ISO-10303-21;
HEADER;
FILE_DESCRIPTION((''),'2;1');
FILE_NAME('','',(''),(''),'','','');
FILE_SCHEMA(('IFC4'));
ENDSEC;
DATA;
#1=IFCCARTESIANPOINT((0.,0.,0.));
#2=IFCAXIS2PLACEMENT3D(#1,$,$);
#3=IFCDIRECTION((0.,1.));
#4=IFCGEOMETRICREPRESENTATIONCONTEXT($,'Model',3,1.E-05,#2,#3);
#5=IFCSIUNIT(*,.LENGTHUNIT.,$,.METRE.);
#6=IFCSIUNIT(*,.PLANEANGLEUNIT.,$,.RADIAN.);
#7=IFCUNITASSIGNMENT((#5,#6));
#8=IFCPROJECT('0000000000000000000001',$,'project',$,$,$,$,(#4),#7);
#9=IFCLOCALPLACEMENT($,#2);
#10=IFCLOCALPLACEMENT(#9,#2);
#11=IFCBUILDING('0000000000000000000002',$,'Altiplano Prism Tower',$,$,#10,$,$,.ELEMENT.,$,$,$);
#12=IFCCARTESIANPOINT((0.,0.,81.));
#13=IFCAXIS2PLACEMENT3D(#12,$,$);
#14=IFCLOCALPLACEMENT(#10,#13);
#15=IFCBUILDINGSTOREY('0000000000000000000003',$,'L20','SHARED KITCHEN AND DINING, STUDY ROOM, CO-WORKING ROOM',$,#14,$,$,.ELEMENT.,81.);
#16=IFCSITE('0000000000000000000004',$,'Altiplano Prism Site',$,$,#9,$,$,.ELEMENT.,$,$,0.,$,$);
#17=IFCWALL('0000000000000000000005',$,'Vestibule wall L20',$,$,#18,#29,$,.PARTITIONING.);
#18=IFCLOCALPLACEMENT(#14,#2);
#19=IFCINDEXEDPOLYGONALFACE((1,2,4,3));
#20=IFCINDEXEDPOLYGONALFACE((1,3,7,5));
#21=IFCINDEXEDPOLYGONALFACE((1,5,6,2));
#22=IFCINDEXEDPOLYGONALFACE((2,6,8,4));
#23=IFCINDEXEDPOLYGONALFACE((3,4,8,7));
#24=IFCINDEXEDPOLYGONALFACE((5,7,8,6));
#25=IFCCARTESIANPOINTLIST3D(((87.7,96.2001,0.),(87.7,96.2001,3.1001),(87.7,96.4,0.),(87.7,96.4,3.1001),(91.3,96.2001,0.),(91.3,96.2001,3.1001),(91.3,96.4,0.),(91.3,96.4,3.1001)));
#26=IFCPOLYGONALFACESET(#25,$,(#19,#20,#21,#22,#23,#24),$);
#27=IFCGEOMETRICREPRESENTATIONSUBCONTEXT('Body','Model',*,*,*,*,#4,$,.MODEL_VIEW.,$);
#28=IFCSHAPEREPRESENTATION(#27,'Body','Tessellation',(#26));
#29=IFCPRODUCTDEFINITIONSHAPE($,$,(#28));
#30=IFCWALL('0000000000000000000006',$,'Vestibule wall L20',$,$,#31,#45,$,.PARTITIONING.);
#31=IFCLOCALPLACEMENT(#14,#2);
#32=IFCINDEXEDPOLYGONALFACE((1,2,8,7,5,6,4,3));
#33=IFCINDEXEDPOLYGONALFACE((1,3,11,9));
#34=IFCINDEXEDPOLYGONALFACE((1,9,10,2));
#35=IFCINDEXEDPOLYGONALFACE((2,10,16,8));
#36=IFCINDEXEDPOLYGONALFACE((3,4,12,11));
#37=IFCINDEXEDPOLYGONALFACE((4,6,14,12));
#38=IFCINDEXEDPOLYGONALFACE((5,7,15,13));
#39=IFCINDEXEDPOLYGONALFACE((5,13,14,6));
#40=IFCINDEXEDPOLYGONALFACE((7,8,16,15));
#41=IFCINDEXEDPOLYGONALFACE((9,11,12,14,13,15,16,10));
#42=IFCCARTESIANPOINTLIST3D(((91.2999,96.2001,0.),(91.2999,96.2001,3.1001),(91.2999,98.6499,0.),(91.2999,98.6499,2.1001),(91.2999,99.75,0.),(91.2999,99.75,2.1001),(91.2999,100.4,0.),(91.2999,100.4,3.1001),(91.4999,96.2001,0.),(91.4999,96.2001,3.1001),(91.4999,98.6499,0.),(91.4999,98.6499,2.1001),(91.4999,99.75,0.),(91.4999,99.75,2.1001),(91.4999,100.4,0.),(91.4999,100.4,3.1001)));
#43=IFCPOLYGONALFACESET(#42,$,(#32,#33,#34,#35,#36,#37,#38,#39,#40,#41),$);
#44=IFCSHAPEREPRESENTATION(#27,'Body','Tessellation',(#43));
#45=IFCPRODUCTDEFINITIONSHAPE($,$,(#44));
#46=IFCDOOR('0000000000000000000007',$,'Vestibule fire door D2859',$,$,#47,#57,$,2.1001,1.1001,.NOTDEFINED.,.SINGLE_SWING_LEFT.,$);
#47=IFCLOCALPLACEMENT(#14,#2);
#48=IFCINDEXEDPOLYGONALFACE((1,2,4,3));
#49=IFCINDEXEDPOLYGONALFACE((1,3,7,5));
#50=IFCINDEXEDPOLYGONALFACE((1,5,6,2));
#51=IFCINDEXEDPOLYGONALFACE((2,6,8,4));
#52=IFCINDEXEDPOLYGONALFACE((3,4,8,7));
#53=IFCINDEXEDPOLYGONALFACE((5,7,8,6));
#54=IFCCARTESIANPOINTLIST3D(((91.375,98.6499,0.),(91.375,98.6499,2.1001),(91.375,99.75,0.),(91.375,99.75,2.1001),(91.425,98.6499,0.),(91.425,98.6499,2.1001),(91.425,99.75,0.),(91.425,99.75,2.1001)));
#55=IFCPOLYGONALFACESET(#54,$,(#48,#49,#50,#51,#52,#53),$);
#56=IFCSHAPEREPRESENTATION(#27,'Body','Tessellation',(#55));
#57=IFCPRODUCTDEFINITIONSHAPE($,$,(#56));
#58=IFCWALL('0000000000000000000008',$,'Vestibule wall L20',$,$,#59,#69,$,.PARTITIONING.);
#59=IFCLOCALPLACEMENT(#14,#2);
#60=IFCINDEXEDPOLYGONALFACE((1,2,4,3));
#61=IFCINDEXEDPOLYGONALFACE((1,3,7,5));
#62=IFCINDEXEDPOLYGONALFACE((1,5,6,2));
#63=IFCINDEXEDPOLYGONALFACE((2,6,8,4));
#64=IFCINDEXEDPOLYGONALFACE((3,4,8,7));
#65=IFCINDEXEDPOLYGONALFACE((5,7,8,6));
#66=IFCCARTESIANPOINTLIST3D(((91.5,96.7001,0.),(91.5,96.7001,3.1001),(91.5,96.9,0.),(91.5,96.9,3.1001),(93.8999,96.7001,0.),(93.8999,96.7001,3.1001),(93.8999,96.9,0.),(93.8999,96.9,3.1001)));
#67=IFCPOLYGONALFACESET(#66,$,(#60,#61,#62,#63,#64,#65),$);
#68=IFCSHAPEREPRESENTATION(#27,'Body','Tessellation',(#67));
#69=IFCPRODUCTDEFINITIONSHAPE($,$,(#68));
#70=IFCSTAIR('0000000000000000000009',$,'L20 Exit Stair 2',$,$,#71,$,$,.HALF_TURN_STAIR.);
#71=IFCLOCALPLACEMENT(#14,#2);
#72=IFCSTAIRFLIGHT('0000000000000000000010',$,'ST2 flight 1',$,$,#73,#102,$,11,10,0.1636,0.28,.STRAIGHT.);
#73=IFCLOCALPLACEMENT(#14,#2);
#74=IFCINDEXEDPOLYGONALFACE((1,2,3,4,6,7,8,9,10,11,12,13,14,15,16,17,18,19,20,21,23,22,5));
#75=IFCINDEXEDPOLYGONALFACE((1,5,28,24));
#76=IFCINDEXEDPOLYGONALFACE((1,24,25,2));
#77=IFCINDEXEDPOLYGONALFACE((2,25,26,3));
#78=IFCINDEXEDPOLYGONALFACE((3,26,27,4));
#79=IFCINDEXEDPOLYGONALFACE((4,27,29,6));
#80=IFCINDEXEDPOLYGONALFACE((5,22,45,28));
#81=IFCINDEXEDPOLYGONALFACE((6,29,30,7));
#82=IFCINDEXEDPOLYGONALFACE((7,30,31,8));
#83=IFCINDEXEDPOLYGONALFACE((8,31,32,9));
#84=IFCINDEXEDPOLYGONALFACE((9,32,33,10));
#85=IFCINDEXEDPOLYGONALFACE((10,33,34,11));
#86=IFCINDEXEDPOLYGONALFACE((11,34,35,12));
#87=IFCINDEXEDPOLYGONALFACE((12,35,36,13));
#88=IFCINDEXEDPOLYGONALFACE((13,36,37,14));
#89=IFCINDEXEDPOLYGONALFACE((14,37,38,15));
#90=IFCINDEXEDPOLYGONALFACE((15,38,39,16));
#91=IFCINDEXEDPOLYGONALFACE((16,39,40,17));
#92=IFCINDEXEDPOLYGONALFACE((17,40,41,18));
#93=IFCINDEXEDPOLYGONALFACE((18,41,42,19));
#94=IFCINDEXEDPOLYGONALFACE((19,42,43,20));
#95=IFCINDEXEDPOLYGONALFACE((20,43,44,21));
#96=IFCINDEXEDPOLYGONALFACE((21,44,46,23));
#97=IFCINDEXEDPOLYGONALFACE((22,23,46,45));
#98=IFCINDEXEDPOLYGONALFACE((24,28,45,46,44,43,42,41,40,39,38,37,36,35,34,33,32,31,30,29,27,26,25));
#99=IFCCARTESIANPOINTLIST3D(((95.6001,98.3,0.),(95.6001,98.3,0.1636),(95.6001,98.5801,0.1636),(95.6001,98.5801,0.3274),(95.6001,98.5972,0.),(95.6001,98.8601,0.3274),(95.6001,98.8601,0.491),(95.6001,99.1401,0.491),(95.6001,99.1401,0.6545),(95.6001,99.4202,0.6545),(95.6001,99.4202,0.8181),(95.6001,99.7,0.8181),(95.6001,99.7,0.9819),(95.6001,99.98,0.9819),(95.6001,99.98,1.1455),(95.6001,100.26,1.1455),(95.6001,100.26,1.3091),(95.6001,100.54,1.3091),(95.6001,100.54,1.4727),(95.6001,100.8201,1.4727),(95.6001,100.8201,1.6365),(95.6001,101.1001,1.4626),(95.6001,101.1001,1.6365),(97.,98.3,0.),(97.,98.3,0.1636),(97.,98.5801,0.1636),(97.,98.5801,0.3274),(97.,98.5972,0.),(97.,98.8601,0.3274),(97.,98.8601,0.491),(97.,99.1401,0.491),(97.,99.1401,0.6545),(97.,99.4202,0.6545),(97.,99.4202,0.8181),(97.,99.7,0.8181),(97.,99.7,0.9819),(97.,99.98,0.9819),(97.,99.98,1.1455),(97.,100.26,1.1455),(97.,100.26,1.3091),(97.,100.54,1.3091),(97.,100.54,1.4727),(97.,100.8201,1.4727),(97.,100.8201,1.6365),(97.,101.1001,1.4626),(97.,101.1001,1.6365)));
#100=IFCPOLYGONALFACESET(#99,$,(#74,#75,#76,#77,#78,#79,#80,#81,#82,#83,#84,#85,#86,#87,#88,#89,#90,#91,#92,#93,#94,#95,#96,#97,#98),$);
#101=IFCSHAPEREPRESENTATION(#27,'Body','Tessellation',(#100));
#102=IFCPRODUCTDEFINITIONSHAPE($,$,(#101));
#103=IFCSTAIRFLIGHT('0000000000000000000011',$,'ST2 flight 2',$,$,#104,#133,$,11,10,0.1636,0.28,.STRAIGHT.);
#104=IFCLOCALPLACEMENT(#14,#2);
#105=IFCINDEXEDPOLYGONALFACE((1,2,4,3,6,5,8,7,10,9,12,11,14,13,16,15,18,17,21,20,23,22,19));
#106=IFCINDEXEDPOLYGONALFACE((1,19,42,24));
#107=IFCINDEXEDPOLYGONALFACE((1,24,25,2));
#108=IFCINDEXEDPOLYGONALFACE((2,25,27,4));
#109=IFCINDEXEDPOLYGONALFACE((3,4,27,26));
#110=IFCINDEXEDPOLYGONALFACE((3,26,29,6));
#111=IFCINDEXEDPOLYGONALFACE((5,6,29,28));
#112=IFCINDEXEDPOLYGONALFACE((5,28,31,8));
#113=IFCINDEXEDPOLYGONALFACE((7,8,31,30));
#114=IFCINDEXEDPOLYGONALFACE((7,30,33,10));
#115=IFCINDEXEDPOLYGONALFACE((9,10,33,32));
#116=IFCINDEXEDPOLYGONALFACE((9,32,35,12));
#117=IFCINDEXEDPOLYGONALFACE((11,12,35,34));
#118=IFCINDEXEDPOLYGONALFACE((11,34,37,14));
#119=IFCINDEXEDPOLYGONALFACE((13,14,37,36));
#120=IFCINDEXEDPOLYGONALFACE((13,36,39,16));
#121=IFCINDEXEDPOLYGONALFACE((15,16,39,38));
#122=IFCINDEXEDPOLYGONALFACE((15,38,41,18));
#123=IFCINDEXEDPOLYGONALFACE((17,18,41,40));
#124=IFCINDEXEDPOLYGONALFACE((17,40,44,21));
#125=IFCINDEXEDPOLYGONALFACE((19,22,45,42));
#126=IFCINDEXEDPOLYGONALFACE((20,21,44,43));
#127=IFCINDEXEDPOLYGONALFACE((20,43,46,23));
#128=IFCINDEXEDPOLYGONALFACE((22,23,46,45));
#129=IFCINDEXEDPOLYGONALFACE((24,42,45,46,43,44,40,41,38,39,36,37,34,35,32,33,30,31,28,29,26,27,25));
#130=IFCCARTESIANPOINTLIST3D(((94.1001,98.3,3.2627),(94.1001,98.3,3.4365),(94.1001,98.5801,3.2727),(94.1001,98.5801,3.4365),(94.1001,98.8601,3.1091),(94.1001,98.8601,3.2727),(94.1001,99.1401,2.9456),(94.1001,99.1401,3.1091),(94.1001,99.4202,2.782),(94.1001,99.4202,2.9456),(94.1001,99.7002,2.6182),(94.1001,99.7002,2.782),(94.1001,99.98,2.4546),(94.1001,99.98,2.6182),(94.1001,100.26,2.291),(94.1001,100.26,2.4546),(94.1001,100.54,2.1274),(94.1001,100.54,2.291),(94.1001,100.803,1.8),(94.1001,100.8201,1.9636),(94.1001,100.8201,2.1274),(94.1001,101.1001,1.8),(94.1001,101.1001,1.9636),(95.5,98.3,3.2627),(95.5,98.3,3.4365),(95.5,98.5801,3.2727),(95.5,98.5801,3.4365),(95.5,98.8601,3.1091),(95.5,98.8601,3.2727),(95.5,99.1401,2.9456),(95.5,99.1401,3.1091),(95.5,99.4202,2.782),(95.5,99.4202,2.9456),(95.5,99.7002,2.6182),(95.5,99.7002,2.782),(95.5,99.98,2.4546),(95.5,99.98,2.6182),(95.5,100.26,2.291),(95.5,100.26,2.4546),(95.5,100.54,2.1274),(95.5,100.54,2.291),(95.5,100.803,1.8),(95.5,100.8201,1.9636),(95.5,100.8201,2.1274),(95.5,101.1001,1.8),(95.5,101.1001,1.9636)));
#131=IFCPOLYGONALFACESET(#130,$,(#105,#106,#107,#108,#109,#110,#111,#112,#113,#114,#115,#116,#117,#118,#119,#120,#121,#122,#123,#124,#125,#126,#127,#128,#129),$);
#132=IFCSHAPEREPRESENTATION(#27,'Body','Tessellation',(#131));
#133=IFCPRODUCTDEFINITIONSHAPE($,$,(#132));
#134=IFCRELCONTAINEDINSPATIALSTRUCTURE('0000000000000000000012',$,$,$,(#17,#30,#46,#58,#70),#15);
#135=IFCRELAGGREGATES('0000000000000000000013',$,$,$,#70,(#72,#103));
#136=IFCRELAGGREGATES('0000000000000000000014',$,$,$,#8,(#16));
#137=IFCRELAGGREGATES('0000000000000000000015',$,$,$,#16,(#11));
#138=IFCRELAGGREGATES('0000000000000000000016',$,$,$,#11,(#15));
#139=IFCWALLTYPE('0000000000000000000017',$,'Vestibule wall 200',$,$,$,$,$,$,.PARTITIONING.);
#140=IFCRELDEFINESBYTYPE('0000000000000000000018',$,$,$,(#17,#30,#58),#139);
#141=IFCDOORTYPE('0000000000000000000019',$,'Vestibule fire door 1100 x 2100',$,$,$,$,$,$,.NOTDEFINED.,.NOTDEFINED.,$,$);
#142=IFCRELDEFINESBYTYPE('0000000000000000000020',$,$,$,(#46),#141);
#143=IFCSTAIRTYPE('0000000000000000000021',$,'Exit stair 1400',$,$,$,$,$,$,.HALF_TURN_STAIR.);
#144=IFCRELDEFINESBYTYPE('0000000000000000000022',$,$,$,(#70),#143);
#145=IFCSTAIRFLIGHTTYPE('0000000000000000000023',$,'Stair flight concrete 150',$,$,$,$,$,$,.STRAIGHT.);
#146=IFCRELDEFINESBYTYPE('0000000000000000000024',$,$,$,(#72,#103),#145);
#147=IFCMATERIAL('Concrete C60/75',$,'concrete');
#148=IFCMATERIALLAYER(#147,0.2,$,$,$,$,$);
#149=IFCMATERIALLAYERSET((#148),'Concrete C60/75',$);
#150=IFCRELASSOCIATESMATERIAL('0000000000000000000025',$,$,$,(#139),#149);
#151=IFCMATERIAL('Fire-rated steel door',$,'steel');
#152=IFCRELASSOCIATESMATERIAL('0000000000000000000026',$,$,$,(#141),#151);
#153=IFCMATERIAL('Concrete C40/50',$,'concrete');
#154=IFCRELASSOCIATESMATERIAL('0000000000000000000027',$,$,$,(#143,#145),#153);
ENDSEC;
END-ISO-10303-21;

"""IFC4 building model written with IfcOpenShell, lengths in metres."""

from ifc_helpers import new_model, si_unit, direction, frame, frame_2d, origin, place, context, subcontext, project, spatial, polyline, rectangle, outline, extrude, material, layer, layer_set, type_object, element, fill, aggregate, save


model = new_model("IFC4")

# Units and contexts
model_context = context("Model", 3, precision=1e-05, world=origin(), true_north=direction((0.0, 1.0)))
body_context = subcontext(model_context, "Body", "Model", "MODEL_VIEW")
ifc_project = project(units=[si_unit("LENGTHUNIT", "METRE"), si_unit("PLANEANGLEUNIT", "RADIAN")], contexts=[model_context])

# Site, building, storey
site_placement = place(None, origin())
site = spatial("IfcSite", under=ifc_project, at=site_placement, Name="Altiplano Prism Site", CompositionType="ELEMENT", RefElevation=0.0)
building_placement = place(site_placement, origin())
building = spatial("IfcBuilding", under=site, at=building_placement, Name="Altiplano Prism Tower", CompositionType="ELEMENT")
storey_placement = place(building_placement, frame((0.0, 0.0, 81.0)))
storey = spatial("IfcBuildingStorey", under=building, at=storey_placement, Name="L20", Description="SHARED KITCHEN AND DINING, STUDY ROOM, CO-WORKING ROOM", CompositionType="ELEMENT", Elevation=81.0)

# Shared definitions
ifc_material_1 = material(Name="Concrete C60/75", Category="concrete")

# Shared definitions
ifc_material_2 = material(Name="Fire-rated steel door", Category="steel")

# Wall
ifc_layer_1 = layer(ifc_material_1, 0.2)
ifc_layer_set_1 = layer_set([ifc_layer_1], Name="Concrete C60/75")
wall_type_1 = type_object("IfcWallType", Name="Vestibule wall 200", PredefinedType="PARTITIONING", material=ifc_layer_set_1)
wall_1_placement = place(storey_placement, frame((87.7, 96.3, 0.0), z_axis=(0.0, 0.0, 1.0), x_axis=(1.0, 0.0, 0.0)))
element("IfcWall", 1, at=wall_1_placement, inside=storey, type_object=wall_type_1, Name="Vestibule wall L20", PredefinedType="PARTITIONING", context=body_context, shape_type="SweptSolid", body=[
    extrude(rectangle(XDim=3.6001, YDim=0.2, at=frame_2d((1.8, 0.0))), origin(), (0.0, 0.0, 1.0), 3.1001),
])

# Wall, opening, door
wall_2_placement = place(storey_placement, frame((91.3999, 96.2, 0.0), z_axis=(0.0, 0.0, 1.0), x_axis=(0.0, 1.0, 0.0)))
wall_2 = element("IfcWall", 2, at=wall_2_placement, inside=storey, type_object=wall_type_1, Name="Vestibule wall L20", PredefinedType="PARTITIONING", context=body_context, shape_type="SweptSolid", body=[
    extrude(rectangle(XDim=4.2, YDim=0.2, at=frame_2d((2.1001, 0.0))), origin(), (0.0, 0.0, 1.0), 3.1001),
])
opening_1_placement = place(wall_2_placement, frame((2.45, 0.0, 0.0)))
opening_1 = element("IfcOpeningElement", 3, at=opening_1_placement, cuts=wall_2, PredefinedType="OPENING", context=body_context, shape_type="SweptSolid", body=[
    extrude(rectangle(XDim=1.1001, YDim=2.1001, at=frame_2d((0.55, 1.05))), frame((0.0, 0.1104, 0.0), z_axis=(0.0, -1.0, 0.0), x_axis=(1.0, 0.0, 0.0)), (0.0, 0.0, 1.0), 0.2209),
])
door_type_1 = type_object("IfcDoorType", Name="Vestibule fire door 1100 x 2100", OperationType="NOTDEFINED", PredefinedType="NOTDEFINED", material=ifc_material_2)
door_1_placement = place(opening_1_placement, origin())
door_1 = element("IfcDoor", 4, at=door_1_placement, inside=storey, type_object=door_type_1, Name="Vestibule fire door D2859", OperationType="SINGLE_SWING_LEFT", OverallHeight=2.1001, OverallWidth=1.1001, PredefinedType="NOTDEFINED", context=body_context, shape_type="SweptSolid", body=[
    extrude(rectangle(XDim=1.1001, YDim=2.1001, at=frame_2d((0.55, 1.05))), frame((0.0, 0.0249, 0.0), z_axis=(0.0, -1.0, 0.0), x_axis=(1.0, 0.0, 0.0)), (0.0, 0.0, 1.0), 0.05),
])
fill(opening_1, door_1)

# Wall
wall_3_placement = place(storey_placement, frame((91.5, 96.8, 0.0), z_axis=(0.0, 0.0, 1.0), x_axis=(1.0, 0.0, 0.0)))
element("IfcWall", 5, at=wall_3_placement, inside=storey, type_object=wall_type_1, Name="Vestibule wall L20", PredefinedType="PARTITIONING", context=body_context, shape_type="SweptSolid", body=[
    extrude(rectangle(XDim=2.3999, YDim=0.2, at=frame_2d((1.2, 0.0))), origin(), (0.0, 0.0, 1.0), 3.1001),
])

# Stair, stair flights
ifc_material_3 = material(Name="Concrete C40/50", Category="concrete")
stair_type = type_object("IfcStairType", Name="Exit stair 1400", PredefinedType="HALF_TURN_STAIR", material=ifc_material_3)
stair_placement = place(storey_placement, origin())
stair = element("IfcStair", 6, at=stair_placement, inside=storey, type_object=stair_type, Name="L20 Exit Stair 2", PredefinedType="HALF_TURN_STAIR")
stair_flight_type = type_object("IfcStairFlightType", Name="Stair flight concrete 150", PredefinedType="STRAIGHT", material=ifc_material_3)
stair_flight_1_placement = place(storey_placement, frame((96.3, 98.3, 0.0), z_axis=(0.0, 0.0, 1.0), x_axis=(0.0, 1.0, 0.0)))
stair_flight_1 = element("IfcStairFlight", 7, at=stair_flight_1_placement, type_object=stair_flight_type, Name="ST2 flight 1", NumberOfRisers=11, NumberOfTreads=10, PredefinedType="STRAIGHT", RiserHeight=0.1636, TreadLength=0.28, context=body_context, shape_type="SweptSolid", body=[
    extrude(outline(polyline([(0.0, 0.0), (0.0, 0.1636), (0.28, 0.1636), (0.28, 0.3274), (0.5601, 0.3274), (0.5601, 0.491), (0.8401, 0.491), (0.8401, 0.6545), (1.1201, 0.6545), (1.1201, 0.8181), (1.3999, 0.8181), (1.3999, 0.9819), (1.6799, 0.9819), (1.6799, 1.1455), (1.96, 1.1455), (1.96, 1.3091), (2.24, 1.3091), (2.24, 1.4727), (2.52, 1.4727), (2.52, 1.6365), (2.8, 1.6365), (2.8, 1.8), (2.8, 1.4626), (0.2971, 0.0), (0.0, 0.0)])), frame((0.0, 0.7, 0.0), z_axis=(0.0, -1.0, 0.0), x_axis=(1.0, 0.0, 0.0)), (0.0, 0.0, 1.0), 1.3999),
])
stair_flight_2_placement = place(storey_placement, frame((94.8, 101.1001, 1.8), z_axis=(0.0, 0.0, 1.0), x_axis=(0.0, -1.0, 0.0)))
stair_flight_2 = element("IfcStairFlight", 8, at=stair_flight_2_placement, type_object=stair_flight_type, Name="ST2 flight 2", NumberOfRisers=11, NumberOfTreads=10, PredefinedType="STRAIGHT", RiserHeight=0.1636, TreadLength=0.28, context=body_context, shape_type="SweptSolid", body=[
    extrude(outline(polyline([(0.0, 0.0), (0.0, 0.1636), (0.28, 0.1636), (0.28, 0.3274), (0.5601, 0.3274), (0.5601, 0.491), (0.8401, 0.491), (0.8401, 0.6545), (1.1201, 0.6545), (1.1201, 0.8181), (1.3999, 0.8181), (1.3999, 0.9819), (1.6799, 0.9819), (1.6799, 1.1455), (1.96, 1.1455), (1.96, 1.3091), (2.24, 1.3091), (2.24, 1.4727), (2.52, 1.4727), (2.52, 1.6365), (2.8, 1.6365), (2.8, 1.8), (2.8, 1.4626), (0.2971, 0.0), (0.0, 0.0)])), frame((0.0, 0.7, 0.0), z_axis=(0.0, -1.0, 0.0), x_axis=(1.0, 0.0, 0.0)), (0.0, 0.0, 1.0), 1.3999),
])
aggregate(stair, [stair_flight_1, stair_flight_2])

save(model, "model.ifc")
